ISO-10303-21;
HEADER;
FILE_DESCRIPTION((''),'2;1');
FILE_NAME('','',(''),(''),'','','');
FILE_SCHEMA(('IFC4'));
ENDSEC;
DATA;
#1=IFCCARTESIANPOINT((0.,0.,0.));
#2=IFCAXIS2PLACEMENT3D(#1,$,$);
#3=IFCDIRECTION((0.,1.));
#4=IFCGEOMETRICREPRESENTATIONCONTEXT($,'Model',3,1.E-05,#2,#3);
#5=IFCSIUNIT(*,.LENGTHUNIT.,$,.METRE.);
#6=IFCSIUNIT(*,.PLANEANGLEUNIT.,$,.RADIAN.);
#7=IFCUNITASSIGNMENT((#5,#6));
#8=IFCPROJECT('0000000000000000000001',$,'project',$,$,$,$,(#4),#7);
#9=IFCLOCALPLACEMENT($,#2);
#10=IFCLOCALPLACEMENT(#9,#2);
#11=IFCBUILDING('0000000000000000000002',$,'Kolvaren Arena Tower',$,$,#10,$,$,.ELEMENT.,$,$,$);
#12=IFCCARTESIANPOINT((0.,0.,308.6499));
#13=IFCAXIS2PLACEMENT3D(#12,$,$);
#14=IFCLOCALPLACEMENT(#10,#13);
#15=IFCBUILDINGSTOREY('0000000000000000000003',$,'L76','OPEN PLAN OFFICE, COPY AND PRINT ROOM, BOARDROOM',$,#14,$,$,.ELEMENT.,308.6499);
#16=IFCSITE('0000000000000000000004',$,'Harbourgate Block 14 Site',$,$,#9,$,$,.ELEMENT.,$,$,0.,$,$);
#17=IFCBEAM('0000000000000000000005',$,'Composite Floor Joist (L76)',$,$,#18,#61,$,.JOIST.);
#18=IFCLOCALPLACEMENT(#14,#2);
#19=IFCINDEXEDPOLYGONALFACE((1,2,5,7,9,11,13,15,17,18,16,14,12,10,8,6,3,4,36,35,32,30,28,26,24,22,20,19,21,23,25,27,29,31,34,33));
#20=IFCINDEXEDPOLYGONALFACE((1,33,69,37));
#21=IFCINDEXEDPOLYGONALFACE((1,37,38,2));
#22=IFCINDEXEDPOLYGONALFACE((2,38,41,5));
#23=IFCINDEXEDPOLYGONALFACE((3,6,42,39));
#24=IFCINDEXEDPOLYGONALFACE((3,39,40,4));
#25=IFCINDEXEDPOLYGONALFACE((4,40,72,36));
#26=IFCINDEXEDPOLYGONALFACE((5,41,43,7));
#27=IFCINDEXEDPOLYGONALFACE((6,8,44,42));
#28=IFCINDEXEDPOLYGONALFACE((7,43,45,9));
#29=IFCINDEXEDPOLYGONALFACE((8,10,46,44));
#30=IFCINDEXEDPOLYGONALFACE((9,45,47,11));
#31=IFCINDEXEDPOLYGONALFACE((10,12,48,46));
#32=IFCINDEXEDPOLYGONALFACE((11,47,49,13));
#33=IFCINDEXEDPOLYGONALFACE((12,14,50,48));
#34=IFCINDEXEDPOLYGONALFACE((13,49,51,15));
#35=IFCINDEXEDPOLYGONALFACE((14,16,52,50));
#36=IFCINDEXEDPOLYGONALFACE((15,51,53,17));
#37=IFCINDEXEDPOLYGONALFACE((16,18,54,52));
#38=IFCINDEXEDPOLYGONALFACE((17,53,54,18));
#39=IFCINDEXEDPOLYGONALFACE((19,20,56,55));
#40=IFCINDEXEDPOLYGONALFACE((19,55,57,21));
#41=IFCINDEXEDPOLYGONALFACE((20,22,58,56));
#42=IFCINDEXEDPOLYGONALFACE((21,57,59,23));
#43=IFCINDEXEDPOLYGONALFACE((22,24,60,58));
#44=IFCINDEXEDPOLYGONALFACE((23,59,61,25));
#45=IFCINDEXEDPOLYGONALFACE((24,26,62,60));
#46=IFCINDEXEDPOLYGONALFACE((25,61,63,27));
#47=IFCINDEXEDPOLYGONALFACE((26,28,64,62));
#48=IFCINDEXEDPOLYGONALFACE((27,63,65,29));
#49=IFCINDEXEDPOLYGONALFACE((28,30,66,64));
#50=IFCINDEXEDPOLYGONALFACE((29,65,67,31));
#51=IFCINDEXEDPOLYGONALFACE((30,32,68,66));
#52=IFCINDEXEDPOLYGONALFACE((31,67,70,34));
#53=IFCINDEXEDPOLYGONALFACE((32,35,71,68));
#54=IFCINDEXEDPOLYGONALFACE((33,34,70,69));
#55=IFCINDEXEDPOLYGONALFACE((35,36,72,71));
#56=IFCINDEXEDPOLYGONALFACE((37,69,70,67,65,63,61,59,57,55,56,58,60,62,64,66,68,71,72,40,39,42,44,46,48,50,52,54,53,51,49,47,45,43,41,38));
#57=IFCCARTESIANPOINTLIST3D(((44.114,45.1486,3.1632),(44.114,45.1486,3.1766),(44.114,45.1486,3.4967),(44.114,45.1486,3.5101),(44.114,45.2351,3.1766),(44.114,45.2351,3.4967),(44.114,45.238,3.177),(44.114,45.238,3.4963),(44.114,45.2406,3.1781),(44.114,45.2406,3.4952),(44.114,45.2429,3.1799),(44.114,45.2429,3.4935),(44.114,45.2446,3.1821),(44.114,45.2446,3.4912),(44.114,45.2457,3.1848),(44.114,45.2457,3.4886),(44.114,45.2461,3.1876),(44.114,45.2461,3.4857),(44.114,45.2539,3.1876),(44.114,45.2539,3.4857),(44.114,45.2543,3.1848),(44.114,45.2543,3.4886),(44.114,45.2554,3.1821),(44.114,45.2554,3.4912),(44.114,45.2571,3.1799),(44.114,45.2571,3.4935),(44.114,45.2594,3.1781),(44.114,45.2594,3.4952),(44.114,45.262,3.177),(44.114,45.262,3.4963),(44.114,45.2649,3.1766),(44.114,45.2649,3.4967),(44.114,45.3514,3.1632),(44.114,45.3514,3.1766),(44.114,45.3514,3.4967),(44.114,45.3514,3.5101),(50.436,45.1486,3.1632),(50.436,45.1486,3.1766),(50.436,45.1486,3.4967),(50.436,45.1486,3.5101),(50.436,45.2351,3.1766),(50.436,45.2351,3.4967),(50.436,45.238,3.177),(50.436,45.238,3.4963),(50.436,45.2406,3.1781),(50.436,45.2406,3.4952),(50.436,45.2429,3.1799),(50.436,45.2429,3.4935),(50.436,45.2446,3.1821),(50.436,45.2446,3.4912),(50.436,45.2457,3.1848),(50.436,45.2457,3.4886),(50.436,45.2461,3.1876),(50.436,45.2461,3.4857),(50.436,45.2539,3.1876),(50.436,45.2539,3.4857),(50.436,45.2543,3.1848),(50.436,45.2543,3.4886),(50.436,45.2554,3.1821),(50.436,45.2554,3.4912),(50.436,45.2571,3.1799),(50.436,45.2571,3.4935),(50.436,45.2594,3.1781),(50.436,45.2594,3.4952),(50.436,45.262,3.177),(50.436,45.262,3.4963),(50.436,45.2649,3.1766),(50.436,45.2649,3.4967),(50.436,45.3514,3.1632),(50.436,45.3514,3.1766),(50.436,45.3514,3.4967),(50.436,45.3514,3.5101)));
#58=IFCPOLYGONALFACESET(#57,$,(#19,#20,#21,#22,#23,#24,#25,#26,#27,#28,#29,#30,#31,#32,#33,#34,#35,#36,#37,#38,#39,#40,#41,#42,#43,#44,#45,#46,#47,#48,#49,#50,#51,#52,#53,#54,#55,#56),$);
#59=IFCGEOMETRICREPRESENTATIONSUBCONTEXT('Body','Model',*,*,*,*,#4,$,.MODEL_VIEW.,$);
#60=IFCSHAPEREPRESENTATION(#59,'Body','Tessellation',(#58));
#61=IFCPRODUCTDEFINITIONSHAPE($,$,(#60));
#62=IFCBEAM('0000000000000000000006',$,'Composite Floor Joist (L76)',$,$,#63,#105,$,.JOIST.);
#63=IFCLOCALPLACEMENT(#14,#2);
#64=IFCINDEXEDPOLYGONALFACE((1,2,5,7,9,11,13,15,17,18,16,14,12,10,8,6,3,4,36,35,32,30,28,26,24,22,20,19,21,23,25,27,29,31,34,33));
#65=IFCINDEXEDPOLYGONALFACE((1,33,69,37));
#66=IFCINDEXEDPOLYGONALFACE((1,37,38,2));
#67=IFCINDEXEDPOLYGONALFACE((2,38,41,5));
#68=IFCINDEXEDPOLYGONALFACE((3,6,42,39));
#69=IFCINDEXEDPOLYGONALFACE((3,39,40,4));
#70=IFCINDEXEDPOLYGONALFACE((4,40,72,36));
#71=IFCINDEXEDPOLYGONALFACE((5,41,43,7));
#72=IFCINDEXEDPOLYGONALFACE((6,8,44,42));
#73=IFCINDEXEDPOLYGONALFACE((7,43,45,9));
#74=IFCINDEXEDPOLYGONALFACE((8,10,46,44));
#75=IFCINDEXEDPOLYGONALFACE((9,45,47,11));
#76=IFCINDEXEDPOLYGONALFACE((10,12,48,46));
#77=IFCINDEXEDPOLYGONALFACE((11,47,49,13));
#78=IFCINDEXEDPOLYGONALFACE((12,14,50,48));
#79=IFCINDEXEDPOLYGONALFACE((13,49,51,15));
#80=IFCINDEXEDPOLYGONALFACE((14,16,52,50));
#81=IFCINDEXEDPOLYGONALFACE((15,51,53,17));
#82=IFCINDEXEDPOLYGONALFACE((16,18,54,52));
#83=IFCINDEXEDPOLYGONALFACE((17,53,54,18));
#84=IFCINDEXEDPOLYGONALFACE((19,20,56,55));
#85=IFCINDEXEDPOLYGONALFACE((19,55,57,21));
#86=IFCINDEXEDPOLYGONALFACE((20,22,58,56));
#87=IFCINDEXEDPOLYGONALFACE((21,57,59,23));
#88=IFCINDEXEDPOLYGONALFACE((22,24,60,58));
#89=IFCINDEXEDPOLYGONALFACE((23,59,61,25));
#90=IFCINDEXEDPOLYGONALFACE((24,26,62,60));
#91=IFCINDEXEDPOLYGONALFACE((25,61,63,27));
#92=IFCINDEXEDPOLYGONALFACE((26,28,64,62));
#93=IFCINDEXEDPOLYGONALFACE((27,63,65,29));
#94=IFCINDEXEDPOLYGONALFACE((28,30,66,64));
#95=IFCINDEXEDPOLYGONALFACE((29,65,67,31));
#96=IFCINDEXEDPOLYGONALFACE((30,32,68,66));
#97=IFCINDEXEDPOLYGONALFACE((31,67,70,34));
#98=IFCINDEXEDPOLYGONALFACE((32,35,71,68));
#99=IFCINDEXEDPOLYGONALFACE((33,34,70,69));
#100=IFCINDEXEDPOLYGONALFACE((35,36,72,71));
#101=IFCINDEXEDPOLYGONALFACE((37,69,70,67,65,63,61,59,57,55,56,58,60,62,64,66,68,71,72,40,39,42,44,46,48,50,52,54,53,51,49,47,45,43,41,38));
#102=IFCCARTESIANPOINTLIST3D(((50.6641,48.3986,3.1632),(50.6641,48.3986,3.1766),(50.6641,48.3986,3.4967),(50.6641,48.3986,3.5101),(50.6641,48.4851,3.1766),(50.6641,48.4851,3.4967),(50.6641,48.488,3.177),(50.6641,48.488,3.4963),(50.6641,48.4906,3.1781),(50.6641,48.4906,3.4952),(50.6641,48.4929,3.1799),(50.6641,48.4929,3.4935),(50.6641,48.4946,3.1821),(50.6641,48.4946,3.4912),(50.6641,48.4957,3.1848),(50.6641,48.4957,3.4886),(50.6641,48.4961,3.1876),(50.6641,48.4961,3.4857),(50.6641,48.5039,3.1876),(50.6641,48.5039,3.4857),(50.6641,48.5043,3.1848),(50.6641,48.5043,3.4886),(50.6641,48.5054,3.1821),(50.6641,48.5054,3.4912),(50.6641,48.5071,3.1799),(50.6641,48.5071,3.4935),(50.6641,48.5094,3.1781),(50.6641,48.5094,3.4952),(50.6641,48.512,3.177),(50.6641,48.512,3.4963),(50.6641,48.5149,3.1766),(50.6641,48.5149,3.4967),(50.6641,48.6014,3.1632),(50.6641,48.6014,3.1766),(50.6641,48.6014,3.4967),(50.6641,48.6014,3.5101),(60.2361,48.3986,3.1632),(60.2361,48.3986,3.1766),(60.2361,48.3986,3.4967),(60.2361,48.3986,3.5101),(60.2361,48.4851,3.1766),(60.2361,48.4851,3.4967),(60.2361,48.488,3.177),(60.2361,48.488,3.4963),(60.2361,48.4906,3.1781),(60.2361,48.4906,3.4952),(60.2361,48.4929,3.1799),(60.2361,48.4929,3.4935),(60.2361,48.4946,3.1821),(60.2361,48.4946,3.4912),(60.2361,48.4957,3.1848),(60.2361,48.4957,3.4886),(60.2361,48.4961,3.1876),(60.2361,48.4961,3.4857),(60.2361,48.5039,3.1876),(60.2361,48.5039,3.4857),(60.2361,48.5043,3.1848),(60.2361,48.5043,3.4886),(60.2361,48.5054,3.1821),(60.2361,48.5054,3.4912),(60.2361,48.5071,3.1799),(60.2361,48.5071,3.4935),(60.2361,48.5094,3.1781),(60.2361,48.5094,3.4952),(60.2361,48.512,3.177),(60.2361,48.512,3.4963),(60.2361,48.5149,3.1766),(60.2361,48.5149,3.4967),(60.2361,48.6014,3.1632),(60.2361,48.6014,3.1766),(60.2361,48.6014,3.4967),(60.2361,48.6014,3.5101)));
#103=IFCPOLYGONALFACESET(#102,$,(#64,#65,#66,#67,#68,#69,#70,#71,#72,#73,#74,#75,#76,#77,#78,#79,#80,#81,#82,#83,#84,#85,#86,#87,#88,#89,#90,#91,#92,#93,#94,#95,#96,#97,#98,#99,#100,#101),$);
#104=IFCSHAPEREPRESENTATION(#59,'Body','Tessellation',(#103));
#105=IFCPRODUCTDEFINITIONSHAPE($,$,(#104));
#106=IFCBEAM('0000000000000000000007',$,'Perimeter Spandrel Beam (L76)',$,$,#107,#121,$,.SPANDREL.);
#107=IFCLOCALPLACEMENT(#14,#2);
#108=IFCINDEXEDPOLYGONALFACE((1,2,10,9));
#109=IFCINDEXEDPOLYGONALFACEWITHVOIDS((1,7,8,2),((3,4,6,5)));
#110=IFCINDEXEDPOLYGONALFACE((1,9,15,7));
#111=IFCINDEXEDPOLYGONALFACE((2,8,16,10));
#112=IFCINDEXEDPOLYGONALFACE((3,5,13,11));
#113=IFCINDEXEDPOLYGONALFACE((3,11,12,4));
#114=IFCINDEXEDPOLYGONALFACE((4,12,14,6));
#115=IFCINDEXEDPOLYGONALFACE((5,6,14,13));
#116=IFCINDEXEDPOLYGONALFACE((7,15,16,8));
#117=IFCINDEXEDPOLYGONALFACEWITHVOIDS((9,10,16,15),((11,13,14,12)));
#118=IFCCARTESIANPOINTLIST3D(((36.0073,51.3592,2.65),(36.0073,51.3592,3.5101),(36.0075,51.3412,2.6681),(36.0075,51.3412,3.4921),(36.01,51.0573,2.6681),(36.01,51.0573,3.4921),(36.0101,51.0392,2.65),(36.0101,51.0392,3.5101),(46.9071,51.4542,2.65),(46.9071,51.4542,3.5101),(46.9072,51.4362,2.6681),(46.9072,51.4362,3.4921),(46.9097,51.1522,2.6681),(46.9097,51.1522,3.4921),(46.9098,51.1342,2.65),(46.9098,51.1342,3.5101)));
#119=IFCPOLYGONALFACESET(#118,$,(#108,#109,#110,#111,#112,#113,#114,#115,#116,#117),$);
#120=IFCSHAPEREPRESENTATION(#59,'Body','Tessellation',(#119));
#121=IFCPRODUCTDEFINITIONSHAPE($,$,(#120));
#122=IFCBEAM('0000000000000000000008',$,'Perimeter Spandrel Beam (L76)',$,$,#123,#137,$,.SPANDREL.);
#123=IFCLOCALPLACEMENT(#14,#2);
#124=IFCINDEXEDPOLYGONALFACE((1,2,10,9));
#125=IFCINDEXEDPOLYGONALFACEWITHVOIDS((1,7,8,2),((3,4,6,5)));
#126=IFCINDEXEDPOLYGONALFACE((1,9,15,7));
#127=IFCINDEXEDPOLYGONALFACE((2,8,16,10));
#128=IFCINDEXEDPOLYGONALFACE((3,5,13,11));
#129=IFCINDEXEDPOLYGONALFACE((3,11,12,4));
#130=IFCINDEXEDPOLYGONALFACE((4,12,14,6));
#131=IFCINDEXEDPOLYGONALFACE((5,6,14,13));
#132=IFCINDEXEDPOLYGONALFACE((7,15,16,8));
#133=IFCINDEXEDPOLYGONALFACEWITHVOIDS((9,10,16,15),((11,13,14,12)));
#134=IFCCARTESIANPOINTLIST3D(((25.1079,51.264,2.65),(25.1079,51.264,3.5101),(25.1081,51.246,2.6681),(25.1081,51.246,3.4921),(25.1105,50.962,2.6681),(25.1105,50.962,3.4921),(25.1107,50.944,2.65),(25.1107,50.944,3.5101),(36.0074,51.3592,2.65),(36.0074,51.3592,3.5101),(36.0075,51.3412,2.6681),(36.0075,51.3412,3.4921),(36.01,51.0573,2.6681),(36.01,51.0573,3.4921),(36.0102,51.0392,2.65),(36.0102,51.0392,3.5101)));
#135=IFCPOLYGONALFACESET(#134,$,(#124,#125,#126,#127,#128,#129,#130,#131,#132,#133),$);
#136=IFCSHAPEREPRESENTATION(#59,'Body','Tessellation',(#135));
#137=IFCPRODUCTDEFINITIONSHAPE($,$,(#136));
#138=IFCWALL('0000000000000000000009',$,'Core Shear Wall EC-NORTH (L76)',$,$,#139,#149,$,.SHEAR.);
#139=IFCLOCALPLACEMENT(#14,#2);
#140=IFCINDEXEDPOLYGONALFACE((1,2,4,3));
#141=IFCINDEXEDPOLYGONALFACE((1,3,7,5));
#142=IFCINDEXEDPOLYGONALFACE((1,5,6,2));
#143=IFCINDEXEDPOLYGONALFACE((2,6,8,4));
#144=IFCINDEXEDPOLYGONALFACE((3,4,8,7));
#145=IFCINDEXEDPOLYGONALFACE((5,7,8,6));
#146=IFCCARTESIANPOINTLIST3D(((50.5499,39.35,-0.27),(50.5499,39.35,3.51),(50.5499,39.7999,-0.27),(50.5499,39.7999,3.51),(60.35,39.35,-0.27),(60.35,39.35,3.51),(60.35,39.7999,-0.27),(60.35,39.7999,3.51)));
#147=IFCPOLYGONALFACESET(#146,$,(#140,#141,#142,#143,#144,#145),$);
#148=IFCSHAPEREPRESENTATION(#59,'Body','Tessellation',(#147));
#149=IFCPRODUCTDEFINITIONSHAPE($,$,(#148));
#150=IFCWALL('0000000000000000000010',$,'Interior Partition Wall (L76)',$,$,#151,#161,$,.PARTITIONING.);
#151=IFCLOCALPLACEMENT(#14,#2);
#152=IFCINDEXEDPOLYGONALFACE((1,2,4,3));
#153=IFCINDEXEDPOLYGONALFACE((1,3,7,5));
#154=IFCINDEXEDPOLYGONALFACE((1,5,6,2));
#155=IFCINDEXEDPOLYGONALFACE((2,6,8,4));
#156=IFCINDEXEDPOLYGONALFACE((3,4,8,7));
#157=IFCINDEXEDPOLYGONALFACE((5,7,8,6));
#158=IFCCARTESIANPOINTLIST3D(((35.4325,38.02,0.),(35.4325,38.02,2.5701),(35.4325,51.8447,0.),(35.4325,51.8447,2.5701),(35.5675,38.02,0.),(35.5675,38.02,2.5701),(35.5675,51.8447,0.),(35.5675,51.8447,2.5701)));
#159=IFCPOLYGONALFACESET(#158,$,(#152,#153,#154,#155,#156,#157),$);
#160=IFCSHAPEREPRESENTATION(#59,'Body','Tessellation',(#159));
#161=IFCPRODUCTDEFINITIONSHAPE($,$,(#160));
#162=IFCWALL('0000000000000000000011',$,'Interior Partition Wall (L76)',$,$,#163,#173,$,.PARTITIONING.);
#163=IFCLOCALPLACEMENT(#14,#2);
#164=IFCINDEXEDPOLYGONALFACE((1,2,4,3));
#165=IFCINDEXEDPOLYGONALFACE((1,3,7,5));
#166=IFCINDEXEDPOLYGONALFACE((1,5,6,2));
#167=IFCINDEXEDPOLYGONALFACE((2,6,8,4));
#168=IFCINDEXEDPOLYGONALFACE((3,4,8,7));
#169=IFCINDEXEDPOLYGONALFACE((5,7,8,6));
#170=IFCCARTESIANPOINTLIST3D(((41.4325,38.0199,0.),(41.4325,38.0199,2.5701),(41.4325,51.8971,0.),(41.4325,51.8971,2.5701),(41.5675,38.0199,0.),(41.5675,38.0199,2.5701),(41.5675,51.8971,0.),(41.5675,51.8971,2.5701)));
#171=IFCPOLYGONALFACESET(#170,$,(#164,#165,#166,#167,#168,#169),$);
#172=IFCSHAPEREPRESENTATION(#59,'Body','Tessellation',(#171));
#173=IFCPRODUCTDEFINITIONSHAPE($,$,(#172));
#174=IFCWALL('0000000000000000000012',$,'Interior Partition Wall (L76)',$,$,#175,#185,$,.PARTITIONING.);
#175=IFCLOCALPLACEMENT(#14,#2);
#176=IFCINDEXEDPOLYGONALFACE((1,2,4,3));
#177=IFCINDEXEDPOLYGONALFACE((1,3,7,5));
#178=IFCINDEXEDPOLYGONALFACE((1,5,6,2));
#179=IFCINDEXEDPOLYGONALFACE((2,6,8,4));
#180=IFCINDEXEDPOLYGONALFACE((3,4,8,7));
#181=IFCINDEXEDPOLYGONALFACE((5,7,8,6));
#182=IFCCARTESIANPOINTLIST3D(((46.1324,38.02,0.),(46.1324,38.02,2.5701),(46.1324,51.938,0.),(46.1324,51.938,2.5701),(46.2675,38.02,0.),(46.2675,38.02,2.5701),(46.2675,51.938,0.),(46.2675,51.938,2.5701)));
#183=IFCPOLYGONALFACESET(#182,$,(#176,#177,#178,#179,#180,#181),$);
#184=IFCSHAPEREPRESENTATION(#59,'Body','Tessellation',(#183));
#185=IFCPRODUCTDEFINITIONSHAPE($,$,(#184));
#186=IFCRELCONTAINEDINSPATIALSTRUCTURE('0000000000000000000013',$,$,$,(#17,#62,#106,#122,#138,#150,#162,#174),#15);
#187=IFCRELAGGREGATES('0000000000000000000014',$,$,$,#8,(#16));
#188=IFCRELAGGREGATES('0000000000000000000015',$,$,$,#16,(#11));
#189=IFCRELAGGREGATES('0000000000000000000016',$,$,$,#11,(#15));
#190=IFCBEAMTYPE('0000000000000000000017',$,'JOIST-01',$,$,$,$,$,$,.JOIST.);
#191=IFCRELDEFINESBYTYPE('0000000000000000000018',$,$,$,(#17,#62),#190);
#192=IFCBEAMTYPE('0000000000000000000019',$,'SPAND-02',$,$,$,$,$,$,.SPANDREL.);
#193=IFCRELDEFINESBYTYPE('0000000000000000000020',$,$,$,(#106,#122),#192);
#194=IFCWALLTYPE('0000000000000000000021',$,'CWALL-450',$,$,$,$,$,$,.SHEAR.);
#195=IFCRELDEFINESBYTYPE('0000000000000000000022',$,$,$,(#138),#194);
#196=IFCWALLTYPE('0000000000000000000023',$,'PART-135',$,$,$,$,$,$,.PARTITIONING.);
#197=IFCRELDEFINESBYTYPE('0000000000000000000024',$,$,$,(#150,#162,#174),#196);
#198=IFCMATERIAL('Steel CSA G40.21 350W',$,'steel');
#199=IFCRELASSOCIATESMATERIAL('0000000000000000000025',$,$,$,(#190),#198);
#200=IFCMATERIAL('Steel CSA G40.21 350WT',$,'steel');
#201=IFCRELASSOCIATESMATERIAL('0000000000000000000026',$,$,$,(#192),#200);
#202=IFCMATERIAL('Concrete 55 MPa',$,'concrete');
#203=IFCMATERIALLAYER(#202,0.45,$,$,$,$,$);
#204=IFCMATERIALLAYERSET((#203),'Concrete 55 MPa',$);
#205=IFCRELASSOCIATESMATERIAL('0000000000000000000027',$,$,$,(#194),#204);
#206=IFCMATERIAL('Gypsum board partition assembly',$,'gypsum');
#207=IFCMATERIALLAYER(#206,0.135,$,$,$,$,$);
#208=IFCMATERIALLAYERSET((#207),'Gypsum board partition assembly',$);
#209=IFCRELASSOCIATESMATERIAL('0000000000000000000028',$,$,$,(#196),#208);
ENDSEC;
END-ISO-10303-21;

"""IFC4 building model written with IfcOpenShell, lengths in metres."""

from ifc_helpers import new_model, si_unit, direction, frame, frame_2d, origin, origin_2d, place, context, subcontext, project, spatial, rectangle, hollow_rectangle, i_section, extrude, material, layer, layer_set, material_profile, profile_set, type_object, element, save


model = new_model("IFC4")

# Units and contexts
model_context = context("Model", 3, precision=1e-05, world=origin(), true_north=direction((0.0, 1.0)))
body_context = subcontext(model_context, "Body", "Model", "MODEL_VIEW")
ifc_project = project(units=[si_unit("LENGTHUNIT", "METRE"), si_unit("PLANEANGLEUNIT", "RADIAN")], contexts=[model_context])

# Site, building, storey
site_placement = place(None, origin())
site = spatial("IfcSite", under=ifc_project, at=site_placement, Name="Harbourgate Block 14 Site", CompositionType="ELEMENT", RefElevation=0.0)
building_placement = place(site_placement, origin())
building = spatial("IfcBuilding", under=site, at=building_placement, Name="Kolvaren Arena Tower", CompositionType="ELEMENT")
storey_placement = place(building_placement, frame((0.0, 0.0, 308.6499)))
storey = spatial("IfcBuildingStorey", under=building, at=storey_placement, Name="L76", Description="OPEN PLAN OFFICE, COPY AND PRINT ROOM, BOARDROOM", CompositionType="ELEMENT", Elevation=308.6499)

# Beams
ifc_material_1 = material(Name="Steel CSA G40.21 350W", Category="steel")
ifc_material_profile_1 = material_profile(ifc_material_1, i_section(OverallWidth=0.2029, OverallDepth=0.3469, WebThickness=0.0078, FlangeThickness=0.0134, FilletRadius=0.011, at=origin_2d()), Name="W360x64")
ifc_profile_set_1 = profile_set([ifc_material_profile_1], Name="Steel CSA G40.21 350W")
beam_type_1 = type_object("IfcBeamType", Name="JOIST-01", PredefinedType="JOIST", material=ifc_profile_set_1)
beam_1_placement = place(storey_placement, frame((44.114, 45.25, 3.3367), z_axis=(1.0, 0.0, 0.0), x_axis=(0.0, 1.0, 0.0)))
element("IfcBeam", 1, at=beam_1_placement, inside=storey, type_object=beam_type_1, Name="Composite Floor Joist (L76)", PredefinedType="JOIST", context=body_context, shape_type="SweptSolid", body=[
    extrude(i_section(OverallWidth=0.2029, OverallDepth=0.3469, WebThickness=0.0078, FlangeThickness=0.0134, FilletRadius=0.011, at=origin_2d()), origin(), (0.0, 0.0, 1.0), 6.322),
])
beam_2_placement = place(storey_placement, frame((50.6641, 48.5, 3.3367), z_axis=(1.0, 0.0, 0.0), x_axis=(0.0, 1.0, 0.0)))
element("IfcBeam", 2, at=beam_2_placement, inside=storey, type_object=beam_type_1, Name="Composite Floor Joist (L76)", PredefinedType="JOIST", context=body_context, shape_type="SweptSolid", body=[
    extrude(i_section(OverallWidth=0.2029, OverallDepth=0.3469, WebThickness=0.0078, FlangeThickness=0.0134, FilletRadius=0.011, at=origin_2d()), origin(), (0.0, 0.0, 1.0), 9.572),
])
ifc_material_2 = material(Name="Steel CSA G40.21 350WT", Category="steel")
ifc_material_profile_2 = material_profile(ifc_material_2, hollow_rectangle(XDim=0.3201, YDim=0.8601, WallThickness=0.0181, at=origin_2d()), Name="HSS 860x320x18")
ifc_profile_set_2 = profile_set([ifc_material_profile_2], Name="Steel CSA G40.21 350WT")
beam_type_2 = type_object("IfcBeamType", Name="SPAND-02", PredefinedType="SPANDREL", material=ifc_profile_set_2)
beam_3_placement = place(storey_placement, frame((46.9084, 51.2942, 3.0801), z_axis=(-0.999962, -0.008713, 0.0), x_axis=(0.008713, -0.999962, 0.0)))
element("IfcBeam", 3, at=beam_3_placement, inside=storey, type_object=beam_type_2, Name="Perimeter Spandrel Beam (L76)", PredefinedType="SPANDREL", context=body_context, shape_type="SweptSolid", body=[
    extrude(hollow_rectangle(XDim=0.3201, YDim=0.8601, WallThickness=0.0181, at=origin_2d()), origin(), (0.0, 0.0, 1.0), 10.9001),
])
beam_4_placement = place(storey_placement, frame((36.0088, 51.1992, 3.0801), z_axis=(-0.999962, -0.008735, 0.0), x_axis=(0.008735, -0.999962, 0.0)))
element("IfcBeam", 4, at=beam_4_placement, inside=storey, type_object=beam_type_2, Name="Perimeter Spandrel Beam (L76)", PredefinedType="SPANDREL", context=body_context, shape_type="SweptSolid", body=[
    extrude(hollow_rectangle(XDim=0.3201, YDim=0.8601, WallThickness=0.0181, at=origin_2d()), origin(), (0.0, 0.0, 1.0), 10.8999),
])

# Walls
ifc_material_3 = material(Name="Concrete 55 MPa", Category="concrete")
ifc_layer_1 = layer(ifc_material_3, 0.45)
ifc_layer_set_1 = layer_set([ifc_layer_1], Name="Concrete 55 MPa")
wall_type_1 = type_object("IfcWallType", Name="CWALL-450", PredefinedType="SHEAR", material=ifc_layer_set_1)
wall_1_placement = place(storey_placement, frame((50.55, 39.575, -0.27), z_axis=(0.0, 0.0, 1.0), x_axis=(1.0, 0.0, 0.0)))
element("IfcWall", 5, at=wall_1_placement, inside=storey, type_object=wall_type_1, Name="Core Shear Wall EC-NORTH (L76)", PredefinedType="SHEAR", context=body_context, shape_type="SweptSolid", body=[
    extrude(rectangle(XDim=9.8, YDim=0.45, at=frame_2d((4.8999, 0.0))), origin(), (0.0, 0.0, 1.0), 3.78),
])
ifc_material_4 = material(Name="Gypsum board partition assembly", Category="gypsum")
ifc_layer_2 = layer(ifc_material_4, 0.135)
ifc_layer_set_2 = layer_set([ifc_layer_2], Name="Gypsum board partition assembly")
wall_type_2 = type_object("IfcWallType", Name="PART-135", PredefinedType="PARTITIONING", material=ifc_layer_set_2)
wall_2_placement = place(storey_placement, frame((35.5, 38.02, 0.0), z_axis=(0.0, 0.0, 1.0), x_axis=(0.0, 1.0, 0.0)))
element("IfcWall", 6, at=wall_2_placement, inside=storey, type_object=wall_type_2, Name="Interior Partition Wall (L76)", PredefinedType="PARTITIONING", context=body_context, shape_type="SweptSolid", body=[
    extrude(rectangle(XDim=13.8247, YDim=0.135, at=frame_2d((6.9124, 0.0))), origin(), (0.0, 0.0, 1.0), 2.5701),
])
wall_3_placement = place(storey_placement, frame((41.5, 38.02, 0.0), z_axis=(0.0, 0.0, 1.0), x_axis=(0.0, 1.0, 0.0)))
element("IfcWall", 7, at=wall_3_placement, inside=storey, type_object=wall_type_2, Name="Interior Partition Wall (L76)", PredefinedType="PARTITIONING", context=body_context, shape_type="SweptSolid", body=[
    extrude(rectangle(XDim=13.8772, YDim=0.135, at=frame_2d((6.9385, 0.0))), origin(), (0.0, 0.0, 1.0), 2.5701),
])
wall_4_placement = place(storey_placement, frame((46.2, 38.02, 0.0), z_axis=(0.0, 0.0, 1.0), x_axis=(0.0, 1.0, 0.0)))
element("IfcWall", 8, at=wall_4_placement, inside=storey, type_object=wall_type_2, Name="Interior Partition Wall (L76)", PredefinedType="PARTITIONING", context=body_context, shape_type="SweptSolid", body=[
    extrude(rectangle(XDim=13.918, YDim=0.135, at=frame_2d((6.959, 0.0))), origin(), (0.0, 0.0, 1.0), 2.5701),
])

save(model, "model.ifc")
